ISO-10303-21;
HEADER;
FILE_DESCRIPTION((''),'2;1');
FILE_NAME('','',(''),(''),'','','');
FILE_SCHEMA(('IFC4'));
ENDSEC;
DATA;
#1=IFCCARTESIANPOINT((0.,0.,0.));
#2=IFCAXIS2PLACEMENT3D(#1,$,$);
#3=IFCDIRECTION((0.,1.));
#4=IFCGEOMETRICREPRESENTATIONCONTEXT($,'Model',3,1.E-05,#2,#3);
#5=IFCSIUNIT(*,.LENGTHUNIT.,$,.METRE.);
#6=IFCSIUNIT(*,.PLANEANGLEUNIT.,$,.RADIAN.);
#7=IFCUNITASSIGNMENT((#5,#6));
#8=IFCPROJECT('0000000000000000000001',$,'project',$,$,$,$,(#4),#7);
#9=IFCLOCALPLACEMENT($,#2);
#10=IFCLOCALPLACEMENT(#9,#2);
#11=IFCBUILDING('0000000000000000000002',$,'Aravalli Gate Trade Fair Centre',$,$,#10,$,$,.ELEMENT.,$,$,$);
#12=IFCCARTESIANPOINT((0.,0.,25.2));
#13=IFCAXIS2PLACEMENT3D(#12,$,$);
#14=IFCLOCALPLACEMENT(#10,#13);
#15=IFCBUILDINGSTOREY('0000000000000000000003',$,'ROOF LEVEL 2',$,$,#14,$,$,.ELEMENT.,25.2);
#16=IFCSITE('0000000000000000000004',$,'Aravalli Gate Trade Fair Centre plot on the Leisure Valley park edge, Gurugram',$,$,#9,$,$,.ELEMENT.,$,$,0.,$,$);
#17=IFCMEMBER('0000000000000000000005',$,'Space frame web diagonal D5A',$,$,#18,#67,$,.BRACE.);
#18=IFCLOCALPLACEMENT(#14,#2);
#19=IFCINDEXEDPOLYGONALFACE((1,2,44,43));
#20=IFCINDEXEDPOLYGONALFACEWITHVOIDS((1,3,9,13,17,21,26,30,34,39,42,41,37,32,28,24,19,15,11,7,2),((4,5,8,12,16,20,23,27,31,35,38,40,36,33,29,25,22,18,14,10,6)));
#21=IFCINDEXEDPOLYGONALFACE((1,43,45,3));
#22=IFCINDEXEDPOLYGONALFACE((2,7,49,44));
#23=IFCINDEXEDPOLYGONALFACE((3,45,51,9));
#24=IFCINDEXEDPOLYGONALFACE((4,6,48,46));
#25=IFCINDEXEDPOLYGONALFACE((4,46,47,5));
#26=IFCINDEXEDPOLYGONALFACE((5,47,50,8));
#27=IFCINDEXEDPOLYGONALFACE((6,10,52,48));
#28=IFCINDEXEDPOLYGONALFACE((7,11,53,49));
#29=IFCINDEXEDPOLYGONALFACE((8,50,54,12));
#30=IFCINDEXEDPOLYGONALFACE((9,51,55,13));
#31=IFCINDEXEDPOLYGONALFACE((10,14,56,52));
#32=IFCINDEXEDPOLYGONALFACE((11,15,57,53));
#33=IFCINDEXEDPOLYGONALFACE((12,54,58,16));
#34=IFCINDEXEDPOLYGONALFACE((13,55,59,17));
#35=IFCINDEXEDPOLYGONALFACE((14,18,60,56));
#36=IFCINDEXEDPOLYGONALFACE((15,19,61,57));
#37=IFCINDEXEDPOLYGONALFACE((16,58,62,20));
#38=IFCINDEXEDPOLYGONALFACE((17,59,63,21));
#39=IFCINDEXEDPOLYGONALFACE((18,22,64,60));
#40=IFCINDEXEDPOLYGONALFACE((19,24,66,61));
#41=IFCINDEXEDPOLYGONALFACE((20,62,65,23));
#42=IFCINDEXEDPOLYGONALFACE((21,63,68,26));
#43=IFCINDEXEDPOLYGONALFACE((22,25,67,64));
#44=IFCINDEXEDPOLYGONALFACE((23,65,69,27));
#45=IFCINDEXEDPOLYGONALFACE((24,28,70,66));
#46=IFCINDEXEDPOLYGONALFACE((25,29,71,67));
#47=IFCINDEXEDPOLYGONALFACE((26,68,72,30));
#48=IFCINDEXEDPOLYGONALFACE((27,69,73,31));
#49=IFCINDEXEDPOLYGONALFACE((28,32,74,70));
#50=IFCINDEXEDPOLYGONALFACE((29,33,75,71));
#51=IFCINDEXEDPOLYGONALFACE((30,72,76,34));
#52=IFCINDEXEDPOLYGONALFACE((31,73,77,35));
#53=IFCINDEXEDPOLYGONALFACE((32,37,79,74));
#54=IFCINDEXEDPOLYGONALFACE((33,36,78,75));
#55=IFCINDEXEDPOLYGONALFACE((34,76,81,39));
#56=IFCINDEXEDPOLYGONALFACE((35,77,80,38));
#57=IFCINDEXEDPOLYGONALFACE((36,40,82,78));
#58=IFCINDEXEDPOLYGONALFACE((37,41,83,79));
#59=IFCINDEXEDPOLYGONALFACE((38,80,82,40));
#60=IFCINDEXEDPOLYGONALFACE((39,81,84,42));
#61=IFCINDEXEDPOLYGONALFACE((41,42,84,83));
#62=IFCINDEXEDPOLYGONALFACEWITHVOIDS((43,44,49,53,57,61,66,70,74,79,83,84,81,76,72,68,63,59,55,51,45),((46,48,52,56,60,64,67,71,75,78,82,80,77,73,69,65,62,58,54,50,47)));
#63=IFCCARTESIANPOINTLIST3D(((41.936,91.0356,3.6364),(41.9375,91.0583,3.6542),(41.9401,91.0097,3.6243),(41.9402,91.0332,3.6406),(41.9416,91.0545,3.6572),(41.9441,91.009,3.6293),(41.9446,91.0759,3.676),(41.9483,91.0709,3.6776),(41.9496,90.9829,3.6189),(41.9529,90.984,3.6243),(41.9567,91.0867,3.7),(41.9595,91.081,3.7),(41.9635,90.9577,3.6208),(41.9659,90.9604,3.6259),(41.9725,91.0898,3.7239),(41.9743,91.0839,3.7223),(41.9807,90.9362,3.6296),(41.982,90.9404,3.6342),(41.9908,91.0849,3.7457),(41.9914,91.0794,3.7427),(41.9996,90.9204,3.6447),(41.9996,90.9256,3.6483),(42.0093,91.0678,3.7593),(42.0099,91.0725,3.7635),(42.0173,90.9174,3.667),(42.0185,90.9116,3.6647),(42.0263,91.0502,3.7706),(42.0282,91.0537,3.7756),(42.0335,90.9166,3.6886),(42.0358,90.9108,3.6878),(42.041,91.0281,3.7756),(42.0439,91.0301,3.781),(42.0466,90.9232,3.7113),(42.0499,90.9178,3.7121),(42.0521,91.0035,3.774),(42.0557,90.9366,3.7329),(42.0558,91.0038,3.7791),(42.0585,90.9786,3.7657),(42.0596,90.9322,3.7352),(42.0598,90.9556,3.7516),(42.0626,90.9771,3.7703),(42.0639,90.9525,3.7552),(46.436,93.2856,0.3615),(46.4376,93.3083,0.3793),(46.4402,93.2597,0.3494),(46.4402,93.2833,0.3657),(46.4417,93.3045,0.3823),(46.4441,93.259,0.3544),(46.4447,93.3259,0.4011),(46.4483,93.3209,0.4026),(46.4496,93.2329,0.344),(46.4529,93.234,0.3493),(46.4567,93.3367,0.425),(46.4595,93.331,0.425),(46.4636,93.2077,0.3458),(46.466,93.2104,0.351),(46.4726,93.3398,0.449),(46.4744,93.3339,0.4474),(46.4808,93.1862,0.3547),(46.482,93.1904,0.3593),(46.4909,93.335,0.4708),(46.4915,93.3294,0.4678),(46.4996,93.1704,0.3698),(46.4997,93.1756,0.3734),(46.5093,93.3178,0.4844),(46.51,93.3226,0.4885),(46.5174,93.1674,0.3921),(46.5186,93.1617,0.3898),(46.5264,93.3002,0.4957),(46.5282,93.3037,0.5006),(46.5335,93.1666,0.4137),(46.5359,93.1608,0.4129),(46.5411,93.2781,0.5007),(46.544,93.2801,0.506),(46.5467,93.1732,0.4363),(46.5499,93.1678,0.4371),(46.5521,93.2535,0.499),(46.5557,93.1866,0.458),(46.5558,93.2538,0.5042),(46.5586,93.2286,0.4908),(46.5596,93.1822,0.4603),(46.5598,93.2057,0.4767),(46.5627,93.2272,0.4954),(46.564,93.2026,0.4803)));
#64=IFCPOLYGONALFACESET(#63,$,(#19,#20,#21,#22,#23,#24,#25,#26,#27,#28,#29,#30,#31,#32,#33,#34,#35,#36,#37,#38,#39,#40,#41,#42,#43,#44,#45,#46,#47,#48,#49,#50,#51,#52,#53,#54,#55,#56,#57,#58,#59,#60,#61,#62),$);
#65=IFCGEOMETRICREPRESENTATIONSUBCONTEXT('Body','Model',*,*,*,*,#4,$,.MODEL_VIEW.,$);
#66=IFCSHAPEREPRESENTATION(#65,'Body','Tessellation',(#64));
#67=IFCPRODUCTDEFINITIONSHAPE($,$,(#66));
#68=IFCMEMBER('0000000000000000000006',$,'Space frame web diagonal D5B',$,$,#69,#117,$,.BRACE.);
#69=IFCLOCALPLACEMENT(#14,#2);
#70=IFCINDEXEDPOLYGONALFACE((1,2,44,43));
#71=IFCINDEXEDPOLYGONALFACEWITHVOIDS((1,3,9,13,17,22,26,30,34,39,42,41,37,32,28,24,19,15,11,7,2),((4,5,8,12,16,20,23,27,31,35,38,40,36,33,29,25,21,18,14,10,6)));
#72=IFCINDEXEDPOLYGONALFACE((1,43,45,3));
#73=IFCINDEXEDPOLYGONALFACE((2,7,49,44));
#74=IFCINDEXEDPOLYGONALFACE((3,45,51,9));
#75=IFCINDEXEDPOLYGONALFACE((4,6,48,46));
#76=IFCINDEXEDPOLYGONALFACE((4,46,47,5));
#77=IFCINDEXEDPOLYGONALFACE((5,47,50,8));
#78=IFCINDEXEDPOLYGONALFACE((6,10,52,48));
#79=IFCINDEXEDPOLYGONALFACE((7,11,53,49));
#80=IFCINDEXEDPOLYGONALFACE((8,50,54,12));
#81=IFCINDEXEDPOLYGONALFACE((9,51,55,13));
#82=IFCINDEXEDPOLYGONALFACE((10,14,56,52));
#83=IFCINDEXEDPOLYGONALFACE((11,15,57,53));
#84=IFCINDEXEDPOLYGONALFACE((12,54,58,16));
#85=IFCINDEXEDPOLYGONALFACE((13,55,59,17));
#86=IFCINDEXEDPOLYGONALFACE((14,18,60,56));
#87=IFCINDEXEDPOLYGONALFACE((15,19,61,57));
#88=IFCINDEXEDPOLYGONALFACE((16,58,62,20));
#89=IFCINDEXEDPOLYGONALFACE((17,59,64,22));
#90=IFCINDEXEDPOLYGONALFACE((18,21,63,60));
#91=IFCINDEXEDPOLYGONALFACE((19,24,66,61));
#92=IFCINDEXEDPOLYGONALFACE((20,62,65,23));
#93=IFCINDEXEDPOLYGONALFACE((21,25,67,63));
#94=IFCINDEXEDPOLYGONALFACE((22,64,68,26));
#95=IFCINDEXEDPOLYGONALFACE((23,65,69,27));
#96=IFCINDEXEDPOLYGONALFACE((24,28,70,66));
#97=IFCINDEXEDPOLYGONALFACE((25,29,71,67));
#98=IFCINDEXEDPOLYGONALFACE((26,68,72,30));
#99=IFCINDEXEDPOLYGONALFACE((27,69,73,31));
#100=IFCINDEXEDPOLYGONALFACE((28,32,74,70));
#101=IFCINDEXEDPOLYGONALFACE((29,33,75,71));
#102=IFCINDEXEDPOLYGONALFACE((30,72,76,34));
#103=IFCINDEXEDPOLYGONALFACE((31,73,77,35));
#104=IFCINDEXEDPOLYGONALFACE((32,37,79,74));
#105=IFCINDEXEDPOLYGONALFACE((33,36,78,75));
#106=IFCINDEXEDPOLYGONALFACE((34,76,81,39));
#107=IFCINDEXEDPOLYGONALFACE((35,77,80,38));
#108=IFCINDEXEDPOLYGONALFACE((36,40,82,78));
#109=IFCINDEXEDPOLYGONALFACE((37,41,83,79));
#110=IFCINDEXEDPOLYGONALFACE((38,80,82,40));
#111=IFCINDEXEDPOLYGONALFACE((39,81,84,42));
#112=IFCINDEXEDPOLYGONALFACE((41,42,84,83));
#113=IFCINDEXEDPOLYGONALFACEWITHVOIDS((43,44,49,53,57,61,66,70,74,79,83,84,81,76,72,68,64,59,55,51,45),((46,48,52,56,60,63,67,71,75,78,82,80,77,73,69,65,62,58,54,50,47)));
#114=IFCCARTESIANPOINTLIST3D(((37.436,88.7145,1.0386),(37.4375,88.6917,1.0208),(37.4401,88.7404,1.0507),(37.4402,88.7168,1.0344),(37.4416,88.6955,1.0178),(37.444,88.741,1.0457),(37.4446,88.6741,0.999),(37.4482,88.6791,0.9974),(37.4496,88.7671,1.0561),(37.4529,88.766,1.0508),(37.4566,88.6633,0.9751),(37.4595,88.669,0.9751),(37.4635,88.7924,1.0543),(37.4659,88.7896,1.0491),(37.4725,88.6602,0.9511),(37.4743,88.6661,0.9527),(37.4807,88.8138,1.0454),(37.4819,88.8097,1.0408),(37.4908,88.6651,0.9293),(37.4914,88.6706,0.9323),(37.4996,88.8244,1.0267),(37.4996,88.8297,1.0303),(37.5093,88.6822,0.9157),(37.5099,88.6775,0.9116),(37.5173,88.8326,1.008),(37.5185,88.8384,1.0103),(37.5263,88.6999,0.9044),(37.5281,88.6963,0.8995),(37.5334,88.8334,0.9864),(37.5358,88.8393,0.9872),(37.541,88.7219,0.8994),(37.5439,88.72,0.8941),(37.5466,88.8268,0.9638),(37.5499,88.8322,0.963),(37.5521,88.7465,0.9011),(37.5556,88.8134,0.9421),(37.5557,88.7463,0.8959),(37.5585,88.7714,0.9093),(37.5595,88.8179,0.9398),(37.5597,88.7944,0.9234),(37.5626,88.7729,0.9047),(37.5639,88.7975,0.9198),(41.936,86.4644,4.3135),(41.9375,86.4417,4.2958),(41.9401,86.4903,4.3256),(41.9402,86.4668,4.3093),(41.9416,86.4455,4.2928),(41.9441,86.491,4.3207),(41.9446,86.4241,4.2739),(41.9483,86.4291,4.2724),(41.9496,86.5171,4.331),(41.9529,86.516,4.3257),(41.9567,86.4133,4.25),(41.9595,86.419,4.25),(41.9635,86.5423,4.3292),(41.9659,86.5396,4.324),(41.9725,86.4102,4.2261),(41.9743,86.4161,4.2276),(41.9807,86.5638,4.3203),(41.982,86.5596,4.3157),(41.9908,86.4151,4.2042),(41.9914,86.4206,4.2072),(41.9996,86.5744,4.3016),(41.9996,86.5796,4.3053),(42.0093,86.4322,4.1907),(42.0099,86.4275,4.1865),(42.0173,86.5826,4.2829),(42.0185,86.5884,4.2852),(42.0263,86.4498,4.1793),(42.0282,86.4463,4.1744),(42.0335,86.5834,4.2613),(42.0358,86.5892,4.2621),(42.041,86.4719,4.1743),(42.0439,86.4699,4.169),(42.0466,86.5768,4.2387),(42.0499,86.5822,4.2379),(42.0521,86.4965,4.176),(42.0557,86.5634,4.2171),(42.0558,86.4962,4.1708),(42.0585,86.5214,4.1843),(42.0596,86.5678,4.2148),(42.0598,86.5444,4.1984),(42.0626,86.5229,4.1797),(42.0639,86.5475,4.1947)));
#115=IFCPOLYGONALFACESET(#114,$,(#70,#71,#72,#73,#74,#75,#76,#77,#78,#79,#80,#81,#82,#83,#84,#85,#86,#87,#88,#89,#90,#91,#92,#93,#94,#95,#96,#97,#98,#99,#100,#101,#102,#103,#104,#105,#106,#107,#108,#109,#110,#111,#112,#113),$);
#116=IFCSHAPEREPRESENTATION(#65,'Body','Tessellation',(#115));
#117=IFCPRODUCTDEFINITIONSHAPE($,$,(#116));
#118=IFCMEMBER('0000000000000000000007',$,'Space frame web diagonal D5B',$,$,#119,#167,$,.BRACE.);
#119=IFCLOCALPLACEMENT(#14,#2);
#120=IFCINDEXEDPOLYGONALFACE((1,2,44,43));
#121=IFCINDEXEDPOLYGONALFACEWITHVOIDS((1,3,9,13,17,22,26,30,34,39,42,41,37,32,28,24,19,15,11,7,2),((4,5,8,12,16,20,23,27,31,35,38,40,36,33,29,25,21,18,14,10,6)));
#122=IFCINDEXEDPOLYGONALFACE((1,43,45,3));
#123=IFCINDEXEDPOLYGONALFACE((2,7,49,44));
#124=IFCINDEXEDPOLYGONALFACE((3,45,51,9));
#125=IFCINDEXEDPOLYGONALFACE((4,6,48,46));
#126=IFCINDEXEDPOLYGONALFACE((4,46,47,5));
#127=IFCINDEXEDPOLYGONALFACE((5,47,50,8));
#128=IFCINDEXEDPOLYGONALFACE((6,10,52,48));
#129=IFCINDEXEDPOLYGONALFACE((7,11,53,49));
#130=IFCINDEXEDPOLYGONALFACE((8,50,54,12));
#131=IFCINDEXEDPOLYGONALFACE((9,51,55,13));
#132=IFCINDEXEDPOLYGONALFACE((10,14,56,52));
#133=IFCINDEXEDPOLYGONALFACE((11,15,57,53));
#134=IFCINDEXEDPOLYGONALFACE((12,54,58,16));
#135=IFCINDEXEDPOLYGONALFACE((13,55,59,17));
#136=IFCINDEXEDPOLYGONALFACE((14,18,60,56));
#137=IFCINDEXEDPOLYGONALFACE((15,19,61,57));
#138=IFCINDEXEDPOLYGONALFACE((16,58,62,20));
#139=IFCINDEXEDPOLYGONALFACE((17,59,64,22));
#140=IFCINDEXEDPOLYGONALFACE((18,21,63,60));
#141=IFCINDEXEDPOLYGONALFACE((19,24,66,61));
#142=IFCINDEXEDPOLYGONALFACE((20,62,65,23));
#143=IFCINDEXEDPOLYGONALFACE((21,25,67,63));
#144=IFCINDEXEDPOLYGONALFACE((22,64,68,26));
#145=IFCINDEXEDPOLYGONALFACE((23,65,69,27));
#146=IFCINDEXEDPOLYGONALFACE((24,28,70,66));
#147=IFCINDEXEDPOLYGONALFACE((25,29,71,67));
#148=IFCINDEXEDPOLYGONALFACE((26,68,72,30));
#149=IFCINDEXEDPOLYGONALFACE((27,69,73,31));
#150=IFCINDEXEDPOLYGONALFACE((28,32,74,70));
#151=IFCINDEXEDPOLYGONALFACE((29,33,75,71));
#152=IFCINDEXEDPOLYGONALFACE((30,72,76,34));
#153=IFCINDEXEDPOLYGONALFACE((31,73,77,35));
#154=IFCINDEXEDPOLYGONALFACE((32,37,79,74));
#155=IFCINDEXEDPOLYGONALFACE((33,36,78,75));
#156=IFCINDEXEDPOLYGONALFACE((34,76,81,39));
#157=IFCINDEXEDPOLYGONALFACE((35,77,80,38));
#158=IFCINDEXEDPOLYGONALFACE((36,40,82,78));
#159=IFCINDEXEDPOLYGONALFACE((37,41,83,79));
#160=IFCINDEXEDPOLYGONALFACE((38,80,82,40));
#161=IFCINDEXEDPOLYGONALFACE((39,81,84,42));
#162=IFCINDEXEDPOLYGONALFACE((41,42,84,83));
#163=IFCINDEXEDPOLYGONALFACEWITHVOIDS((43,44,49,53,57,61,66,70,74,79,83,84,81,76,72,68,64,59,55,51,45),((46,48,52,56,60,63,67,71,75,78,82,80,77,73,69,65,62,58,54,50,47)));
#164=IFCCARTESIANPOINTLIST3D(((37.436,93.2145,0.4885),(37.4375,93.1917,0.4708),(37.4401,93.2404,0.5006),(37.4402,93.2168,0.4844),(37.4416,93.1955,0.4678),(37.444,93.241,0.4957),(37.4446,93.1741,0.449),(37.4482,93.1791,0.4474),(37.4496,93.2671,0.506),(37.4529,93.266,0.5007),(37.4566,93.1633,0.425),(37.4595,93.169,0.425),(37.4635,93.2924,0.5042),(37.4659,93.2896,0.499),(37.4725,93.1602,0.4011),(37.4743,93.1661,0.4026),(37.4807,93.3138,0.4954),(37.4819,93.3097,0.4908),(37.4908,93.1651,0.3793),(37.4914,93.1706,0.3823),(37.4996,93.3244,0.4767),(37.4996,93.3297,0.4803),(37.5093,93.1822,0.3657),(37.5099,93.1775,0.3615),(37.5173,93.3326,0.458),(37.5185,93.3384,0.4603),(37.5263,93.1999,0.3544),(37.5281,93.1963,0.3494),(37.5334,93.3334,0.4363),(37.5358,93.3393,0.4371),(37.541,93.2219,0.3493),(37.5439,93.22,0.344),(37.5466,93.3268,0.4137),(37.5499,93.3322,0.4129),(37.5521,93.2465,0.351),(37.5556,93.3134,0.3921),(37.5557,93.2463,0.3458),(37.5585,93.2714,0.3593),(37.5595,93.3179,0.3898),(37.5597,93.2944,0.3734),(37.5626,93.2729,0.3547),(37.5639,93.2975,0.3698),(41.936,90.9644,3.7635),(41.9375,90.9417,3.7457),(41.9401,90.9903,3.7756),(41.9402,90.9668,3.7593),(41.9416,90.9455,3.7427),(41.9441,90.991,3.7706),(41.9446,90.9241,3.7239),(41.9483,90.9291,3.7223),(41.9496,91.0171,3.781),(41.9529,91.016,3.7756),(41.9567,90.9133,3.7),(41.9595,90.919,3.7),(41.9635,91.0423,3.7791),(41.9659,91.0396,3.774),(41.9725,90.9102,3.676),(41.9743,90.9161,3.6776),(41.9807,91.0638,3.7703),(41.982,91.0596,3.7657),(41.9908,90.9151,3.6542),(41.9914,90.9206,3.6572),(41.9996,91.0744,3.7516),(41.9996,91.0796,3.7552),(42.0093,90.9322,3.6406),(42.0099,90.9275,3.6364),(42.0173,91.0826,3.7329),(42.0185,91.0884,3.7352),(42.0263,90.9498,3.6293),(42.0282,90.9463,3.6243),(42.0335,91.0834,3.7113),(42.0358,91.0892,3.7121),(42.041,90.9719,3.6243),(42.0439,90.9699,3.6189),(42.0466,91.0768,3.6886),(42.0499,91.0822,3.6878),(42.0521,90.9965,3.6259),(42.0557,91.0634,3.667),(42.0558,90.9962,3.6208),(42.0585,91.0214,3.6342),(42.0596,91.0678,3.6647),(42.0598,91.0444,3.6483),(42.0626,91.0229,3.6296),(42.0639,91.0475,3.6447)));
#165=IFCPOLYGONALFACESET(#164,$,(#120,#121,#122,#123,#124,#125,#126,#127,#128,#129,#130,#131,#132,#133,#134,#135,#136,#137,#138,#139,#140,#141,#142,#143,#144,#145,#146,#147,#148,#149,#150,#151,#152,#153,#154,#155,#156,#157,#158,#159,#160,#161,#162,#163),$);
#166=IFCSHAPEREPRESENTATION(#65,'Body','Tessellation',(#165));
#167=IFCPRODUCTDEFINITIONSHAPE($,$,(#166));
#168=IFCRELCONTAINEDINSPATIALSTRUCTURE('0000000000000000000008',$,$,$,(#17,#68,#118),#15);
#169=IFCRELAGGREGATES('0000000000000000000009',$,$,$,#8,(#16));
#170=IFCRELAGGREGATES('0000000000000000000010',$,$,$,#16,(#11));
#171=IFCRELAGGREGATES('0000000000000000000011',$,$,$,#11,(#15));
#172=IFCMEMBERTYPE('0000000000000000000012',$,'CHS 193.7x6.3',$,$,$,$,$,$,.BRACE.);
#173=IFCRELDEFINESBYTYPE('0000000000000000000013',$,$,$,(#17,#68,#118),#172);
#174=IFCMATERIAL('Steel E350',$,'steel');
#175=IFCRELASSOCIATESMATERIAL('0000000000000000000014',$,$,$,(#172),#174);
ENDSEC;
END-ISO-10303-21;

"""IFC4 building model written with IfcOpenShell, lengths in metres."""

from ifc_helpers import new_model, si_unit, direction, frame, origin, origin_2d, place, context, subcontext, project, spatial, hollow_circle, extrude, material, material_profile, profile_set, type_object, element, save


model = new_model("IFC4")

# Units and contexts
model_context = context("Model", 3, precision=1e-05, world=origin(), true_north=direction((0.0, 1.0)))
body_context = subcontext(model_context, "Body", "Model", "MODEL_VIEW")
ifc_project = project(units=[si_unit("LENGTHUNIT", "METRE"), si_unit("PLANEANGLEUNIT", "RADIAN")], contexts=[model_context])

# Site, building, storey
site_placement = place(None, origin())
site = spatial("IfcSite", under=ifc_project, at=site_placement, Name="Aravalli Gate Trade Fair Centre plot on the Leisure Valley park edge, Gurugram", CompositionType="ELEMENT", RefElevation=0.0)
building_placement = place(site_placement, origin())
building = spatial("IfcBuilding", under=site, at=building_placement, Name="Aravalli Gate Trade Fair Centre", CompositionType="ELEMENT")
storey_placement = place(building_placement, frame((0.0, 0.0, 25.2)))
storey = spatial("IfcBuildingStorey", under=building, at=storey_placement, Name="ROOF LEVEL 2", CompositionType="ELEMENT", Elevation=25.2)

# Members
ifc_material_1 = material(Name="Steel E350", Category="steel")
ifc_material_profile_1 = material_profile(ifc_material_1, hollow_circle(Radius=0.0969, WallThickness=0.0063, at=origin_2d()), Name="CHS 193.7x6.3")
ifc_profile_set_1 = profile_set([ifc_material_profile_1], Name="Steel E350")
member_type_1 = type_object("IfcMemberType", Name="CHS 193.7x6.3", PredefinedType="BRACE", material=ifc_profile_set_1)
for number, where, z_axis, x_axis, name in (
    (1, (42.0, 91.0, 3.7), (0.74961, 0.374805, -0.545533), (-0.447214, 0.894427, 0.0), "Space frame web diagonal D5A"),
    (2, (42.0, 86.5, 4.25), (-0.74961, 0.374805, -0.545533), (-0.447214, -0.894427, 0.0), "Space frame web diagonal D5B"),
    (3, (42.0, 91.0, 3.7), (-0.74961, 0.374805, -0.545533), (-0.447214, -0.894427, 0.0), "Space frame web diagonal D5B"),
):
    element("IfcMember", number, at=place(storey_placement, frame(where, z_axis=z_axis, x_axis=x_axis)), inside=storey, type_object=member_type_1, Name=name, PredefinedType="BRACE", context=body_context, shape_type="SweptSolid", body=[
        extrude(hollow_circle(Radius=0.0969, WallThickness=0.0063, at=origin_2d()), origin(), (0.0, 0.0, 1.0), 6.0032),
    ])

save(model, "model.ifc")
